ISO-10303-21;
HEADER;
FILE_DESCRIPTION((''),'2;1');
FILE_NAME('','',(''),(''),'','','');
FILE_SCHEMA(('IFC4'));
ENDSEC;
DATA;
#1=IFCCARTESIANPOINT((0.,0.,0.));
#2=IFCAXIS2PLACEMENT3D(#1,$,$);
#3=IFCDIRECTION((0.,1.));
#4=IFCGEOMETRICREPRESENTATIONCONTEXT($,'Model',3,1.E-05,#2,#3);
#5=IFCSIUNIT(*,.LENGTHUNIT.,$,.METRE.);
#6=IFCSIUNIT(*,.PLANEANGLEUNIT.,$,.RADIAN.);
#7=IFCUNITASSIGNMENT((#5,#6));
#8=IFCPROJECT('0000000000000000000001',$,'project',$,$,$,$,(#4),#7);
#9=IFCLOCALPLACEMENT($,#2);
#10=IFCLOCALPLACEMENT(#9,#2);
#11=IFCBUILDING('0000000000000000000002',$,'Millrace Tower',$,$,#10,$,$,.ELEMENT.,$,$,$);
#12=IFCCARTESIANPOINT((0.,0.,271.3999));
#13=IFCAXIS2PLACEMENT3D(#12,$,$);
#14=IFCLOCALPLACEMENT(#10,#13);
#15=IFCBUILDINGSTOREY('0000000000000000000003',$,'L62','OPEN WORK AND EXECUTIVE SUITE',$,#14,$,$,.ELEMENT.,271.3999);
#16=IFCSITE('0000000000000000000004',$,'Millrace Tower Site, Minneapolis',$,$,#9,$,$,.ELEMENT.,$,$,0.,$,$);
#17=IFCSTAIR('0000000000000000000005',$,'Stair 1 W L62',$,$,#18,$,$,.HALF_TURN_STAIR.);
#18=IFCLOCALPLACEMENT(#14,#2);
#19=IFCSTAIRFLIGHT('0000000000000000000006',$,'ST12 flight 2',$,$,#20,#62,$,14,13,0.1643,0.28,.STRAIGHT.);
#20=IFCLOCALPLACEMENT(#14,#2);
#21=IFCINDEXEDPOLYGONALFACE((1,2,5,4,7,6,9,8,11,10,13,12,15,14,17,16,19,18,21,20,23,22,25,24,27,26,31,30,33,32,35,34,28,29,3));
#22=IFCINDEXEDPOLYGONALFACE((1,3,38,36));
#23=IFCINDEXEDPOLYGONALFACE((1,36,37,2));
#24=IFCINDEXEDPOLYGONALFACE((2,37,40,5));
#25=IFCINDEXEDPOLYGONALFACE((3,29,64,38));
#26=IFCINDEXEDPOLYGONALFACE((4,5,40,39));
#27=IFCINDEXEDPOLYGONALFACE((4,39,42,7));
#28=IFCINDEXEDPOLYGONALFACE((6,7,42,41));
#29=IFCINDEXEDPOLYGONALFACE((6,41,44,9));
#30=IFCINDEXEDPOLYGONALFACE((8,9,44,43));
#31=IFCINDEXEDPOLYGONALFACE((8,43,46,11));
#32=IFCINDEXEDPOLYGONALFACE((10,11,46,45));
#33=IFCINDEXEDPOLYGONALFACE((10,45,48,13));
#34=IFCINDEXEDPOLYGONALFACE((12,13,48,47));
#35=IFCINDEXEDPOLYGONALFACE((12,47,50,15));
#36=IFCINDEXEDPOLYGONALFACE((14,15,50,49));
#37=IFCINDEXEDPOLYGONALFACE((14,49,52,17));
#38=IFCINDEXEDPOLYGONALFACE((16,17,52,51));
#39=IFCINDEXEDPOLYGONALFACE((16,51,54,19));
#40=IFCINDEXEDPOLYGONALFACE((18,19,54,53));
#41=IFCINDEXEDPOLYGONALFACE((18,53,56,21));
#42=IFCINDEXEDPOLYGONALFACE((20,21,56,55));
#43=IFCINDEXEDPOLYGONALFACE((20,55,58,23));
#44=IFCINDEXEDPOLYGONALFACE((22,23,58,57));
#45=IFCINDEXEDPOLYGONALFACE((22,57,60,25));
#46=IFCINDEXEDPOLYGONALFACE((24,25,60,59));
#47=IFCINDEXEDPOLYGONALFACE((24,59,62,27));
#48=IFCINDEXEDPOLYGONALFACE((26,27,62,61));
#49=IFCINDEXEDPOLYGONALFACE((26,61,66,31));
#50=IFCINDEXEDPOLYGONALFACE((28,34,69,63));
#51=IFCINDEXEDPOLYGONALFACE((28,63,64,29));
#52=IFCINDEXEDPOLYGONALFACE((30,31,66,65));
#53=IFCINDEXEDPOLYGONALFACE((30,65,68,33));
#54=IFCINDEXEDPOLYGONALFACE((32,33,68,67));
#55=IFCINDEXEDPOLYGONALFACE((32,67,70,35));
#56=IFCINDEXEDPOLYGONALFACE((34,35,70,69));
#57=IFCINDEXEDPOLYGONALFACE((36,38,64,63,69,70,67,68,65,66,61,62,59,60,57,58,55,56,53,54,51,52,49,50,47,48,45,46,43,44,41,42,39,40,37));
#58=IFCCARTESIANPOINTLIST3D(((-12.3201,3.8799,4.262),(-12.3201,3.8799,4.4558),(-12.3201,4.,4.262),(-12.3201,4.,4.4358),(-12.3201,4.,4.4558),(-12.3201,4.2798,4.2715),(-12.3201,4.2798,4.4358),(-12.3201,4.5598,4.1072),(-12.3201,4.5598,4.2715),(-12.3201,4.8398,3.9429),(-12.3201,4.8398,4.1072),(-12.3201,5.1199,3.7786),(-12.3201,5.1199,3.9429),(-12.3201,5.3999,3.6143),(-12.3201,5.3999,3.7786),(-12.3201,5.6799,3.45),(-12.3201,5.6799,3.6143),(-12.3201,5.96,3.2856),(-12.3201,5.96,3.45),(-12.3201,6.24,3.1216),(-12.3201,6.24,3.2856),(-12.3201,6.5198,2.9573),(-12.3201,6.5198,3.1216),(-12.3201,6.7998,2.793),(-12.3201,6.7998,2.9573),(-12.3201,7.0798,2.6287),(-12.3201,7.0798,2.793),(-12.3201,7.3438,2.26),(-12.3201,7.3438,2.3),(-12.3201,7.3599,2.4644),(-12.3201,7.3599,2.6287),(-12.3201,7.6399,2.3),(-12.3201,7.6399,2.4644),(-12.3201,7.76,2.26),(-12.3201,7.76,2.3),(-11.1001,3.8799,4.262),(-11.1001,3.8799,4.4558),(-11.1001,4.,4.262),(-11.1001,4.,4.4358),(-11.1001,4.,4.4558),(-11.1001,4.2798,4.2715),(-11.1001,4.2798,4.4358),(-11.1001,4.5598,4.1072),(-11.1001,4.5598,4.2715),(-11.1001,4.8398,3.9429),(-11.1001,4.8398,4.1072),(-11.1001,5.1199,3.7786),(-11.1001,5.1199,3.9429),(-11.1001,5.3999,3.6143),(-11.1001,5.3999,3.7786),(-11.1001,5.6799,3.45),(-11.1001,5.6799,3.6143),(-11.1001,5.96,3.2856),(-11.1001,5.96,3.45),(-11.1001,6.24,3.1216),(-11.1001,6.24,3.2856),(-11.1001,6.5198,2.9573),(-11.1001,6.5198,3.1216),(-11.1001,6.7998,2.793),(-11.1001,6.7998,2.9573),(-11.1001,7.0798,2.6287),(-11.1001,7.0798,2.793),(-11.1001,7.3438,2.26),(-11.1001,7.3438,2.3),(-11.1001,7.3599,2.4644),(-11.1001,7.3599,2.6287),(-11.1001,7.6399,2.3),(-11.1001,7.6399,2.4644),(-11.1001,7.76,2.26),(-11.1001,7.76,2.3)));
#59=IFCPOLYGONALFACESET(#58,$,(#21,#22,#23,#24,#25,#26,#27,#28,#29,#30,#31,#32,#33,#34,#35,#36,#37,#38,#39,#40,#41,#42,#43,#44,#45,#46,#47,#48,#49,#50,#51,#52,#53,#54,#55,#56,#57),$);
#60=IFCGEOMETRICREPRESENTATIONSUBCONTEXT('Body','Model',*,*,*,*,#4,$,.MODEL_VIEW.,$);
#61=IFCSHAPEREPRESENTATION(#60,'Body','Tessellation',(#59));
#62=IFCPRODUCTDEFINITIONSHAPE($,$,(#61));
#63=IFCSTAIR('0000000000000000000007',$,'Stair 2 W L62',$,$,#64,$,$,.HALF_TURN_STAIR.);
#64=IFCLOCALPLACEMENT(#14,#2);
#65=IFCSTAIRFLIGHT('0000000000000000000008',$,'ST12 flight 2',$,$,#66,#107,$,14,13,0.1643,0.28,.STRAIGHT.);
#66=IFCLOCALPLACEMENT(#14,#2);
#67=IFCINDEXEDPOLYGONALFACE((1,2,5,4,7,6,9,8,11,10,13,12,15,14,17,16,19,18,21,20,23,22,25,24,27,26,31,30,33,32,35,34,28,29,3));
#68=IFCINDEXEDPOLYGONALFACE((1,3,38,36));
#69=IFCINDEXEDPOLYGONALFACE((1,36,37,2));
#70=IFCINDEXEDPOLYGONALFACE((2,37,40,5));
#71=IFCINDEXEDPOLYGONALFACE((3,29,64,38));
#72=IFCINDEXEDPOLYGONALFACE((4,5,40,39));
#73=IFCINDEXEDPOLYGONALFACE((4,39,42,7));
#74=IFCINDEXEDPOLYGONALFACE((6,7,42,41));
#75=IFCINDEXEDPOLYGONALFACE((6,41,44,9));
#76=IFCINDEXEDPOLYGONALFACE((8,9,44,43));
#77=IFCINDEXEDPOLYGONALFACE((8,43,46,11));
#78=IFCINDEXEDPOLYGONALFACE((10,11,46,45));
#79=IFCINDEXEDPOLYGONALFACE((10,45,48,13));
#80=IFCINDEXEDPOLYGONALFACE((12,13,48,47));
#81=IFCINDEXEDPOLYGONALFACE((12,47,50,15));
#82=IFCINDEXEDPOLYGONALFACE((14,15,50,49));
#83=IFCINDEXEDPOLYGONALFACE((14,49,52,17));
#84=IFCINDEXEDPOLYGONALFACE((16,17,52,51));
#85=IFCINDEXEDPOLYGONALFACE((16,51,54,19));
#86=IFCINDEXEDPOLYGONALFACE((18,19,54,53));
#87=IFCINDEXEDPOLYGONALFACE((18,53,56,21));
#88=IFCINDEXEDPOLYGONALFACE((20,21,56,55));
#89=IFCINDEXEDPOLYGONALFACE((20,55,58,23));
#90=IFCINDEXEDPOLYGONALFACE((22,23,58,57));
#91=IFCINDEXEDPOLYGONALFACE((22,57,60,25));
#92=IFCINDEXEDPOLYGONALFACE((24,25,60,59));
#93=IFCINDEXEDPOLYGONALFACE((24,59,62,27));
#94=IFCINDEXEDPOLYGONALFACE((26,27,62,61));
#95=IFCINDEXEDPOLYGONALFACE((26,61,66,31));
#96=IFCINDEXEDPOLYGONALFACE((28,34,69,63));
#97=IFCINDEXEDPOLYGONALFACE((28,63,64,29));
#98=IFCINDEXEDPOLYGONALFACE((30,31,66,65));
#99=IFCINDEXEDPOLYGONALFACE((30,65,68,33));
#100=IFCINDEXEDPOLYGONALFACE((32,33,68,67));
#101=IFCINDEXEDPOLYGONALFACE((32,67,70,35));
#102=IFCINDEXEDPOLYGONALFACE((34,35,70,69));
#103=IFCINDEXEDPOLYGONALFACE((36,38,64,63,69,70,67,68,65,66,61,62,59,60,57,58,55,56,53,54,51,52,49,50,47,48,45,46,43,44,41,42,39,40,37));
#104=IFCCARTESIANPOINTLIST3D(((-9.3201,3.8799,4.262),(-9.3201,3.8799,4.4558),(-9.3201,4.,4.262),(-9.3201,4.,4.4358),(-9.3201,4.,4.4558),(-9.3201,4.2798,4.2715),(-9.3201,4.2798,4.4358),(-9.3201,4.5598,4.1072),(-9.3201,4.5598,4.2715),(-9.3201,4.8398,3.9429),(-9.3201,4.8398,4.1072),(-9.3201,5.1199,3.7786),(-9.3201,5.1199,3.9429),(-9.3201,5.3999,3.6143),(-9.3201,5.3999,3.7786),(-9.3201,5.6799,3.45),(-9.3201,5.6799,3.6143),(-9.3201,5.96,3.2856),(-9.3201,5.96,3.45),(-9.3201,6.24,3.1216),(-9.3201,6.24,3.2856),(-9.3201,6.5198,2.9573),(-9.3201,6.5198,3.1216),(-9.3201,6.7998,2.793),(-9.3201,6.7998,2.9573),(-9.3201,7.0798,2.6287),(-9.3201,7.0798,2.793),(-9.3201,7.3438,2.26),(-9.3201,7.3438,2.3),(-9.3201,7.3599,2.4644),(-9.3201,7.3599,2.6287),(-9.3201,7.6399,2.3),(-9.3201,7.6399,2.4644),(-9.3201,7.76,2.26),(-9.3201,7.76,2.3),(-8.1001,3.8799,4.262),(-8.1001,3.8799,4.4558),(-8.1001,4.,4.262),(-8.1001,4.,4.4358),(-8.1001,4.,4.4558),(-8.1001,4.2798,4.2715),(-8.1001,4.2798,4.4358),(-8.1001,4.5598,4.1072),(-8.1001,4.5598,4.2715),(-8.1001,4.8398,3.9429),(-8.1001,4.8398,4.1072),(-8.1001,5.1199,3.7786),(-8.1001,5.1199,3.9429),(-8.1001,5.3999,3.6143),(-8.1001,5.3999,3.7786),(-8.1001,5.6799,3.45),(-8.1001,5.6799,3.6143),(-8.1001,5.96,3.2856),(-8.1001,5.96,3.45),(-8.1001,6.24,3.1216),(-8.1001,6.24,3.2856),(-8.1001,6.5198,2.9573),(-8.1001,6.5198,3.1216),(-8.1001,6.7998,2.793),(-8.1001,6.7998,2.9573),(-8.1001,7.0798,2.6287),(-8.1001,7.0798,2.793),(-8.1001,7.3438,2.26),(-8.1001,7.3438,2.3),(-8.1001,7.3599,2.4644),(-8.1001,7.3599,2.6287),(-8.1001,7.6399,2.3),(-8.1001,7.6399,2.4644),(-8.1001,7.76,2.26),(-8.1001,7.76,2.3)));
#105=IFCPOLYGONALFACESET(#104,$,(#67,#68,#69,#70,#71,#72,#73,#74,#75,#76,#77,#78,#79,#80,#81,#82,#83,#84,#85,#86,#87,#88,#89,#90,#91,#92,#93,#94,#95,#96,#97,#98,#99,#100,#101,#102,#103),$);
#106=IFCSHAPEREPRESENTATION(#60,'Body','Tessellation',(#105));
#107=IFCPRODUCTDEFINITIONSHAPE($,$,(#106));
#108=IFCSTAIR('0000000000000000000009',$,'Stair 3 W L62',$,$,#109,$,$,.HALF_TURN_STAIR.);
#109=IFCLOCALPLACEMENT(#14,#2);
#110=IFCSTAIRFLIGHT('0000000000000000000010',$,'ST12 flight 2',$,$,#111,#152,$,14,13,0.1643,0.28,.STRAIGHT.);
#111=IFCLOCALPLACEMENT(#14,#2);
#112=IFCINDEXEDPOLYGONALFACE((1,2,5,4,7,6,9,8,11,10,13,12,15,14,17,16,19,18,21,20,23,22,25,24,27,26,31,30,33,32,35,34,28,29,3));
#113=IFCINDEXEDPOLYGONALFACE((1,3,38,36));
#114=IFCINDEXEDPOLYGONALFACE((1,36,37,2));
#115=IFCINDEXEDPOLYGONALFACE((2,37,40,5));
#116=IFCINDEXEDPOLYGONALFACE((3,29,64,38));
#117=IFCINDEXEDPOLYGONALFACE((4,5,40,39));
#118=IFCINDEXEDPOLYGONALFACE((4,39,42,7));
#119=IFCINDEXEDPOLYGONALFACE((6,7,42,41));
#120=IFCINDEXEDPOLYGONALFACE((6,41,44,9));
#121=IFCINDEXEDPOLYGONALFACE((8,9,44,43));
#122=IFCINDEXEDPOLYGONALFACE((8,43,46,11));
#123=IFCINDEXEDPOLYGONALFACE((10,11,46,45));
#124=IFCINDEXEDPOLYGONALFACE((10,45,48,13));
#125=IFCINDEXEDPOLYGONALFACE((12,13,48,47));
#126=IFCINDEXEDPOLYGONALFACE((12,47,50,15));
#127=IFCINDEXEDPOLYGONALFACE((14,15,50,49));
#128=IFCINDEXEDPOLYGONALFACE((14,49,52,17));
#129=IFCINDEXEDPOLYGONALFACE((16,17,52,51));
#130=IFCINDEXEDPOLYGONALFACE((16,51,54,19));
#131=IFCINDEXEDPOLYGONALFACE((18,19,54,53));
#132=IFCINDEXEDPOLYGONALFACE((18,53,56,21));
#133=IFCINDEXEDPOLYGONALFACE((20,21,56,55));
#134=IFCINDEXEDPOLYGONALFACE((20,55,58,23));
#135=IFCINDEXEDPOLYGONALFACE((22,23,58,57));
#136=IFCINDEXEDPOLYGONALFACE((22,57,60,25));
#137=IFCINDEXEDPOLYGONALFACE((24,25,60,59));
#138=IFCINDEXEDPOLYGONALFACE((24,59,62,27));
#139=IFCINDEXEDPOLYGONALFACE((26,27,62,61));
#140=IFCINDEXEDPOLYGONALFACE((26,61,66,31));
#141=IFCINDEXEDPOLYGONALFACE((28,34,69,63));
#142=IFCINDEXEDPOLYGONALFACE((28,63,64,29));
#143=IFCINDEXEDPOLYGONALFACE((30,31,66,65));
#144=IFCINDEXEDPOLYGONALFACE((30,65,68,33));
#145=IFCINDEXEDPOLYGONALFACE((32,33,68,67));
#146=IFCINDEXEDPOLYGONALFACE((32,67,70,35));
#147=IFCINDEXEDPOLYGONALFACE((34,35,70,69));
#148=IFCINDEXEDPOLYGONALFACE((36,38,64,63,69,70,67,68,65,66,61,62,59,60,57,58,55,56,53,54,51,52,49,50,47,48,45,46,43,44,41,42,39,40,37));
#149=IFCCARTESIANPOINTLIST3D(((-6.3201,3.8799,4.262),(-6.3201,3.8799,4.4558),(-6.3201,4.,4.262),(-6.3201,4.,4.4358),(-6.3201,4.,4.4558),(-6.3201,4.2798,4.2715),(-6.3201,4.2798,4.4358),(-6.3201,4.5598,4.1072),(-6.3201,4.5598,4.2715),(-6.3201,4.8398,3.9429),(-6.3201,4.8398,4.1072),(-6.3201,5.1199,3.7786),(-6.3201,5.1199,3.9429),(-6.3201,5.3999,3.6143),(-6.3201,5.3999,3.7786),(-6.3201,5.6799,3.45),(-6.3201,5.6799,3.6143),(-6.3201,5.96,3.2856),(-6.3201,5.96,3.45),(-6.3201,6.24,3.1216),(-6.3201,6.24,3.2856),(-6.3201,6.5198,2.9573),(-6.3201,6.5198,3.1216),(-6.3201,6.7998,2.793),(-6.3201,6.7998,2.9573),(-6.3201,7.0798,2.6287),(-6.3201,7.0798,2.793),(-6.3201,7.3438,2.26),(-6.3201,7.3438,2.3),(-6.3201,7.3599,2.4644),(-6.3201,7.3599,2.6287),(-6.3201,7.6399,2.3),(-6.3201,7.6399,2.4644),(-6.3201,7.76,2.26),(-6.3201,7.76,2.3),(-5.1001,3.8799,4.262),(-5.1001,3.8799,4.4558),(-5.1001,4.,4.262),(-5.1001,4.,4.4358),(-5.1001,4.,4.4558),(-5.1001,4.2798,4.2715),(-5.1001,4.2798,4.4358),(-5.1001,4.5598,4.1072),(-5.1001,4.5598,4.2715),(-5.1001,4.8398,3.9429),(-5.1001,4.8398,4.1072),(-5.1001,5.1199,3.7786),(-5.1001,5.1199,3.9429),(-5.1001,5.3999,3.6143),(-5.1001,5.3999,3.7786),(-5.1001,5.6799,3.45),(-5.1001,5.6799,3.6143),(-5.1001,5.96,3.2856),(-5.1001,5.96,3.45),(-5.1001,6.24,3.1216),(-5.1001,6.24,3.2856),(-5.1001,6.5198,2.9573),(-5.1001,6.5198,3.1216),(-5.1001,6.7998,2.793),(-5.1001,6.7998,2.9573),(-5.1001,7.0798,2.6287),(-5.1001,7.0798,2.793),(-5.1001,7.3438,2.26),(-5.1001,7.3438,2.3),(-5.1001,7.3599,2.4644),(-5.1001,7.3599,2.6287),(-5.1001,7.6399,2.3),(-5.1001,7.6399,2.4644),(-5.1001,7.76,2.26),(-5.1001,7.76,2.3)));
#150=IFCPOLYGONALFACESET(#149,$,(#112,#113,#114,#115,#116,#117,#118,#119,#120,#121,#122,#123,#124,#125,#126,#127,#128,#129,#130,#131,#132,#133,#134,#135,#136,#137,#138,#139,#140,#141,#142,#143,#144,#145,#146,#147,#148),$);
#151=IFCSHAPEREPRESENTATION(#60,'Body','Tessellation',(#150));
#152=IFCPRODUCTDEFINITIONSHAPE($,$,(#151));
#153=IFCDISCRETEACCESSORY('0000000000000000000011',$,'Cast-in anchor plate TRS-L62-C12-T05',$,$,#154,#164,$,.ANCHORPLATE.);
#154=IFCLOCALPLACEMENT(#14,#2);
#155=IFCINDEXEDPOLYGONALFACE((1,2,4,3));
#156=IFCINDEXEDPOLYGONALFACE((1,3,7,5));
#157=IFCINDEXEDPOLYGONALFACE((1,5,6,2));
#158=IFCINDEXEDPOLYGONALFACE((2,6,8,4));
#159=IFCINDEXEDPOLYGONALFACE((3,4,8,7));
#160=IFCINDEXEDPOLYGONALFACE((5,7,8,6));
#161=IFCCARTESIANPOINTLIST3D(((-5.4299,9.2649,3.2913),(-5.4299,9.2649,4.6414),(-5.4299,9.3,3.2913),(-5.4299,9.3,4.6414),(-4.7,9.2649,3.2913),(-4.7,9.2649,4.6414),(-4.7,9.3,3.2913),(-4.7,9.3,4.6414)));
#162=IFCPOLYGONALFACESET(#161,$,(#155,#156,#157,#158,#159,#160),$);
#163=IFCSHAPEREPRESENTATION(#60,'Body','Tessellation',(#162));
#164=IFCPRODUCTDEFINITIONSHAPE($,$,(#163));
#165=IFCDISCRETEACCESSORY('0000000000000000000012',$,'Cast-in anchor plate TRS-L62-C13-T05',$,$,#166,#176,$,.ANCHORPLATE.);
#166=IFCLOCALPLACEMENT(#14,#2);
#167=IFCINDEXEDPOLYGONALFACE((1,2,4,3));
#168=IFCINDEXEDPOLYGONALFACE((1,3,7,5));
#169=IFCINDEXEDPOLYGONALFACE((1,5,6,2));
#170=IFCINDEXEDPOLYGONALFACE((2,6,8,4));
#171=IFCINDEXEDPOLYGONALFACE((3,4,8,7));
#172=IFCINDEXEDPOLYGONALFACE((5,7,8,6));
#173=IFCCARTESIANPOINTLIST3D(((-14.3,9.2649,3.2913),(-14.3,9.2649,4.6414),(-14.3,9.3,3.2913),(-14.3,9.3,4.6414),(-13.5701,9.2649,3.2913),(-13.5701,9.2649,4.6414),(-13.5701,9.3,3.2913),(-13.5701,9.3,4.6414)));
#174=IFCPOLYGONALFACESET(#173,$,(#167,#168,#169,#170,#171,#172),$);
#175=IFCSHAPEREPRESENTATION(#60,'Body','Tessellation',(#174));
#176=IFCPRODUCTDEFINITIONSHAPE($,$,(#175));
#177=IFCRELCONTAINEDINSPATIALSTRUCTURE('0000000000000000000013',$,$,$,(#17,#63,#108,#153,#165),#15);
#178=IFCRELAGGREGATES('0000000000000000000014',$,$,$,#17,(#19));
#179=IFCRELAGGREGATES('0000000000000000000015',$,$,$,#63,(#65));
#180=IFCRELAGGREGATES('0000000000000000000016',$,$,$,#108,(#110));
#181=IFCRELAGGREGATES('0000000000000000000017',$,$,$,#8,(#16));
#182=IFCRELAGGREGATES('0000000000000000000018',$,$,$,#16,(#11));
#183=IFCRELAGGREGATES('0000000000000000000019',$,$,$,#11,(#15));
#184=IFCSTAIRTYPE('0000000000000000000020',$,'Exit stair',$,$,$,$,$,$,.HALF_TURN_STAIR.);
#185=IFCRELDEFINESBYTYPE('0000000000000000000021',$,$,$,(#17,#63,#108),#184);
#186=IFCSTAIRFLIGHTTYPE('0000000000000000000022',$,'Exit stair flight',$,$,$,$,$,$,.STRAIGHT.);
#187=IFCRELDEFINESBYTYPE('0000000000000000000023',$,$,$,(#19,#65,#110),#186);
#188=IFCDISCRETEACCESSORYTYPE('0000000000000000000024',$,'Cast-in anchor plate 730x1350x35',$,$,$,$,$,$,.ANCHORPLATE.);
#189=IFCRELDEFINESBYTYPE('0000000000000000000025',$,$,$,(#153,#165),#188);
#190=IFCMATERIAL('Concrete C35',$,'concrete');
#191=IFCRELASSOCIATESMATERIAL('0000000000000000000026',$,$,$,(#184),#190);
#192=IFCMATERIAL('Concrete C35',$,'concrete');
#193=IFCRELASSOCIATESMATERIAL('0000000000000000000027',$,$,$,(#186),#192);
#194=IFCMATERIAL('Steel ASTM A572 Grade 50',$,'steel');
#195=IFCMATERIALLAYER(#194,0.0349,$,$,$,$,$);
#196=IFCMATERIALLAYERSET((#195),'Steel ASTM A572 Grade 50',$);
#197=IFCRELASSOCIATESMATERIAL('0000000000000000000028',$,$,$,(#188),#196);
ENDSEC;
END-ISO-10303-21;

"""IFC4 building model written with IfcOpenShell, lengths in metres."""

from ifc_helpers import new_model, si_unit, direction, frame, origin, origin_2d, place, context, subcontext, project, spatial, polyline, rectangle, outline, extrude, material, layer, layer_set, type_object, element, aggregate, save


model = new_model("IFC4")

# Units and contexts
model_context = context("Model", 3, precision=1e-05, world=origin(), true_north=direction((0.0, 1.0)))
body_context = subcontext(model_context, "Body", "Model", "MODEL_VIEW")
ifc_project = project(units=[si_unit("LENGTHUNIT", "METRE"), si_unit("PLANEANGLEUNIT", "RADIAN")], contexts=[model_context])

# Site, building, storey
site_placement = place(None, origin())
site = spatial("IfcSite", under=ifc_project, at=site_placement, Name="Millrace Tower Site, Minneapolis", CompositionType="ELEMENT", RefElevation=0.0)
building_placement = place(site_placement, origin())
building = spatial("IfcBuilding", under=site, at=building_placement, Name="Millrace Tower", CompositionType="ELEMENT")
storey_placement = place(building_placement, frame((0.0, 0.0, 271.3999)))
storey = spatial("IfcBuildingStorey", under=building, at=storey_placement, Name="L62", Description="OPEN WORK AND EXECUTIVE SUITE", CompositionType="ELEMENT", Elevation=271.3999)

# Stairs, stair flights
ifc_material_1 = material(Name="Concrete C35", Category="concrete")
stair_type = type_object("IfcStairType", Name="Exit stair", PredefinedType="HALF_TURN_STAIR", material=ifc_material_1)
placement = place(storey_placement, origin())
stair_1 = element("IfcStair", 1, at=placement, inside=storey, type_object=stair_type, Name="Stair 1 W L62", PredefinedType="HALF_TURN_STAIR")
ifc_material_2 = material(Name="Concrete C35", Category="concrete")
stair_flight_type = type_object("IfcStairFlightType", Name="Exit stair flight", PredefinedType="STRAIGHT", material=ifc_material_2)
stair_flight_1_placement = place(storey_placement, frame((-11.71, 7.6399, 2.3), z_axis=(0.0, 0.0, 1.0), x_axis=(0.0, -1.0, 0.0)))
stair_flight_1 = element("IfcStairFlight", 2, at=stair_flight_1_placement, type_object=stair_flight_type, Name="ST12 flight 2", NumberOfRisers=14, NumberOfTreads=13, PredefinedType="STRAIGHT", RiserHeight=0.1643, TreadLength=0.28, context=body_context, shape_type="SweptSolid", body=[
    extrude(outline(polyline([(-0.1201, -0.04), (-0.1201, 0.0), (0.0, 0.0), (0.0, 0.1643), (0.28, 0.1643), (0.28, 0.3286), (0.5601, 0.3286), (0.5601, 0.4929), (0.8401, 0.4929), (0.8401, 0.6572), (1.1201, 0.6572), (1.1201, 0.8215), (1.3999, 0.8215), (1.3999, 0.9856), (1.6799, 0.9856), (1.6799, 1.1499), (1.96, 1.1499), (1.96, 1.3142), (2.24, 1.3142), (2.24, 1.4785), (2.52, 1.4785), (2.52, 1.6428), (2.8, 1.6428), (2.8, 1.8071), (3.0801, 1.8071), (3.0801, 1.9714), (3.3601, 1.9714), (3.3601, 2.1357), (3.6399, 2.1357), (3.6399, 2.1558), (3.76, 2.1558), (3.76, 1.9619), (3.6399, 1.9619), (0.2961, 0.0), (0.2961, -0.04), (-0.1201, -0.04)])), frame((0.0, 0.6099, 0.0), z_axis=(0.0, -1.0, 0.0), x_axis=(1.0, 0.0, 0.0)), (0.0, 0.0, 1.0), 1.22),
])
aggregate(stair_1, [stair_flight_1])
stair_2 = element("IfcStair", 3, at=placement, inside=storey, type_object=stair_type, Name="Stair 2 W L62", PredefinedType="HALF_TURN_STAIR")
stair_flight_2_placement = place(storey_placement, frame((-8.71, 7.6399, 2.3), z_axis=(0.0, 0.0, 1.0), x_axis=(0.0, -1.0, 0.0)))
stair_flight_2 = element("IfcStairFlight", 4, at=stair_flight_2_placement, type_object=stair_flight_type, Name="ST12 flight 2", NumberOfRisers=14, NumberOfTreads=13, PredefinedType="STRAIGHT", RiserHeight=0.1643, TreadLength=0.28, context=body_context, shape_type="SweptSolid", body=[
    extrude(outline(polyline([(-0.1201, -0.04), (-0.1201, 0.0), (0.0, 0.0), (0.0, 0.1643), (0.28, 0.1643), (0.28, 0.3286), (0.5601, 0.3286), (0.5601, 0.4929), (0.8401, 0.4929), (0.8401, 0.6572), (1.1201, 0.6572), (1.1201, 0.8215), (1.3999, 0.8215), (1.3999, 0.9856), (1.6799, 0.9856), (1.6799, 1.1499), (1.96, 1.1499), (1.96, 1.3142), (2.24, 1.3142), (2.24, 1.4785), (2.52, 1.4785), (2.52, 1.6428), (2.8, 1.6428), (2.8, 1.8071), (3.0801, 1.8071), (3.0801, 1.9714), (3.3601, 1.9714), (3.3601, 2.1357), (3.6399, 2.1357), (3.6399, 2.1558), (3.76, 2.1558), (3.76, 1.9619), (3.6399, 1.9619), (0.2961, 0.0), (0.2961, -0.04), (-0.1201, -0.04)])), frame((0.0, 0.6099, 0.0), z_axis=(0.0, -1.0, 0.0), x_axis=(1.0, 0.0, 0.0)), (0.0, 0.0, 1.0), 1.22),
])
aggregate(stair_2, [stair_flight_2])
stair_3 = element("IfcStair", 5, at=placement, inside=storey, type_object=stair_type, Name="Stair 3 W L62", PredefinedType="HALF_TURN_STAIR")
stair_flight_3_placement = place(storey_placement, frame((-5.71, 7.6399, 2.3), z_axis=(0.0, 0.0, 1.0), x_axis=(0.0, -1.0, 0.0)))
stair_flight_3 = element("IfcStairFlight", 6, at=stair_flight_3_placement, type_object=stair_flight_type, Name="ST12 flight 2", NumberOfRisers=14, NumberOfTreads=13, PredefinedType="STRAIGHT", RiserHeight=0.1643, TreadLength=0.28, context=body_context, shape_type="SweptSolid", body=[
    extrude(outline(polyline([(-0.1201, -0.04), (-0.1201, 0.0), (0.0, 0.0), (0.0, 0.1643), (0.28, 0.1643), (0.28, 0.3286), (0.5601, 0.3286), (0.5601, 0.4929), (0.8401, 0.4929), (0.8401, 0.6572), (1.1201, 0.6572), (1.1201, 0.8215), (1.3999, 0.8215), (1.3999, 0.9856), (1.6799, 0.9856), (1.6799, 1.1499), (1.96, 1.1499), (1.96, 1.3142), (2.24, 1.3142), (2.24, 1.4785), (2.52, 1.4785), (2.52, 1.6428), (2.8, 1.6428), (2.8, 1.8071), (3.0801, 1.8071), (3.0801, 1.9714), (3.3601, 1.9714), (3.3601, 2.1357), (3.6399, 2.1357), (3.6399, 2.1558), (3.76, 2.1558), (3.76, 1.9619), (3.6399, 1.9619), (0.2961, 0.0), (0.2961, -0.04), (-0.1201, -0.04)])), frame((0.0, 0.6099, 0.0), z_axis=(0.0, -1.0, 0.0), x_axis=(1.0, 0.0, 0.0)), (0.0, 0.0, 1.0), 1.22),
])
aggregate(stair_3, [stair_flight_3])

# Discrete accessories
ifc_material_3 = material(Name="Steel ASTM A572 Grade 50", Category="steel")
ifc_layer_1 = layer(ifc_material_3, 0.0349)
ifc_layer_set_1 = layer_set([ifc_layer_1], Name="Steel ASTM A572 Grade 50")
discrete_accessory_type = type_object("IfcDiscreteAccessoryType", Name="Cast-in anchor plate 730x1350x35", PredefinedType="ANCHORPLATE", material=ifc_layer_set_1)
for number, where, z_axis, x_axis, name in (
    (7, (-5.0649, 9.2649, 3.9663), (0.0, 1.0, 0.0), (-1.0, 0.0, 0.0), "Cast-in anchor plate TRS-L62-C12-T05"),
    (8, (-13.9351, 9.2649, 3.9663), (0.0, 1.0, 0.0), (-1.0, 0.0, 0.0), "Cast-in anchor plate TRS-L62-C13-T05"),
):
    element("IfcDiscreteAccessory", number, at=place(storey_placement, frame(where, z_axis=z_axis, x_axis=x_axis)), inside=storey, type_object=discrete_accessory_type, Name=name, PredefinedType="ANCHORPLATE", context=body_context, shape_type="SweptSolid", body=[
        extrude(rectangle(XDim=0.73, YDim=1.3501, at=origin_2d()), origin(), (0.0, 0.0, 1.0), 0.0352),
    ])

save(model, "model.ifc")
